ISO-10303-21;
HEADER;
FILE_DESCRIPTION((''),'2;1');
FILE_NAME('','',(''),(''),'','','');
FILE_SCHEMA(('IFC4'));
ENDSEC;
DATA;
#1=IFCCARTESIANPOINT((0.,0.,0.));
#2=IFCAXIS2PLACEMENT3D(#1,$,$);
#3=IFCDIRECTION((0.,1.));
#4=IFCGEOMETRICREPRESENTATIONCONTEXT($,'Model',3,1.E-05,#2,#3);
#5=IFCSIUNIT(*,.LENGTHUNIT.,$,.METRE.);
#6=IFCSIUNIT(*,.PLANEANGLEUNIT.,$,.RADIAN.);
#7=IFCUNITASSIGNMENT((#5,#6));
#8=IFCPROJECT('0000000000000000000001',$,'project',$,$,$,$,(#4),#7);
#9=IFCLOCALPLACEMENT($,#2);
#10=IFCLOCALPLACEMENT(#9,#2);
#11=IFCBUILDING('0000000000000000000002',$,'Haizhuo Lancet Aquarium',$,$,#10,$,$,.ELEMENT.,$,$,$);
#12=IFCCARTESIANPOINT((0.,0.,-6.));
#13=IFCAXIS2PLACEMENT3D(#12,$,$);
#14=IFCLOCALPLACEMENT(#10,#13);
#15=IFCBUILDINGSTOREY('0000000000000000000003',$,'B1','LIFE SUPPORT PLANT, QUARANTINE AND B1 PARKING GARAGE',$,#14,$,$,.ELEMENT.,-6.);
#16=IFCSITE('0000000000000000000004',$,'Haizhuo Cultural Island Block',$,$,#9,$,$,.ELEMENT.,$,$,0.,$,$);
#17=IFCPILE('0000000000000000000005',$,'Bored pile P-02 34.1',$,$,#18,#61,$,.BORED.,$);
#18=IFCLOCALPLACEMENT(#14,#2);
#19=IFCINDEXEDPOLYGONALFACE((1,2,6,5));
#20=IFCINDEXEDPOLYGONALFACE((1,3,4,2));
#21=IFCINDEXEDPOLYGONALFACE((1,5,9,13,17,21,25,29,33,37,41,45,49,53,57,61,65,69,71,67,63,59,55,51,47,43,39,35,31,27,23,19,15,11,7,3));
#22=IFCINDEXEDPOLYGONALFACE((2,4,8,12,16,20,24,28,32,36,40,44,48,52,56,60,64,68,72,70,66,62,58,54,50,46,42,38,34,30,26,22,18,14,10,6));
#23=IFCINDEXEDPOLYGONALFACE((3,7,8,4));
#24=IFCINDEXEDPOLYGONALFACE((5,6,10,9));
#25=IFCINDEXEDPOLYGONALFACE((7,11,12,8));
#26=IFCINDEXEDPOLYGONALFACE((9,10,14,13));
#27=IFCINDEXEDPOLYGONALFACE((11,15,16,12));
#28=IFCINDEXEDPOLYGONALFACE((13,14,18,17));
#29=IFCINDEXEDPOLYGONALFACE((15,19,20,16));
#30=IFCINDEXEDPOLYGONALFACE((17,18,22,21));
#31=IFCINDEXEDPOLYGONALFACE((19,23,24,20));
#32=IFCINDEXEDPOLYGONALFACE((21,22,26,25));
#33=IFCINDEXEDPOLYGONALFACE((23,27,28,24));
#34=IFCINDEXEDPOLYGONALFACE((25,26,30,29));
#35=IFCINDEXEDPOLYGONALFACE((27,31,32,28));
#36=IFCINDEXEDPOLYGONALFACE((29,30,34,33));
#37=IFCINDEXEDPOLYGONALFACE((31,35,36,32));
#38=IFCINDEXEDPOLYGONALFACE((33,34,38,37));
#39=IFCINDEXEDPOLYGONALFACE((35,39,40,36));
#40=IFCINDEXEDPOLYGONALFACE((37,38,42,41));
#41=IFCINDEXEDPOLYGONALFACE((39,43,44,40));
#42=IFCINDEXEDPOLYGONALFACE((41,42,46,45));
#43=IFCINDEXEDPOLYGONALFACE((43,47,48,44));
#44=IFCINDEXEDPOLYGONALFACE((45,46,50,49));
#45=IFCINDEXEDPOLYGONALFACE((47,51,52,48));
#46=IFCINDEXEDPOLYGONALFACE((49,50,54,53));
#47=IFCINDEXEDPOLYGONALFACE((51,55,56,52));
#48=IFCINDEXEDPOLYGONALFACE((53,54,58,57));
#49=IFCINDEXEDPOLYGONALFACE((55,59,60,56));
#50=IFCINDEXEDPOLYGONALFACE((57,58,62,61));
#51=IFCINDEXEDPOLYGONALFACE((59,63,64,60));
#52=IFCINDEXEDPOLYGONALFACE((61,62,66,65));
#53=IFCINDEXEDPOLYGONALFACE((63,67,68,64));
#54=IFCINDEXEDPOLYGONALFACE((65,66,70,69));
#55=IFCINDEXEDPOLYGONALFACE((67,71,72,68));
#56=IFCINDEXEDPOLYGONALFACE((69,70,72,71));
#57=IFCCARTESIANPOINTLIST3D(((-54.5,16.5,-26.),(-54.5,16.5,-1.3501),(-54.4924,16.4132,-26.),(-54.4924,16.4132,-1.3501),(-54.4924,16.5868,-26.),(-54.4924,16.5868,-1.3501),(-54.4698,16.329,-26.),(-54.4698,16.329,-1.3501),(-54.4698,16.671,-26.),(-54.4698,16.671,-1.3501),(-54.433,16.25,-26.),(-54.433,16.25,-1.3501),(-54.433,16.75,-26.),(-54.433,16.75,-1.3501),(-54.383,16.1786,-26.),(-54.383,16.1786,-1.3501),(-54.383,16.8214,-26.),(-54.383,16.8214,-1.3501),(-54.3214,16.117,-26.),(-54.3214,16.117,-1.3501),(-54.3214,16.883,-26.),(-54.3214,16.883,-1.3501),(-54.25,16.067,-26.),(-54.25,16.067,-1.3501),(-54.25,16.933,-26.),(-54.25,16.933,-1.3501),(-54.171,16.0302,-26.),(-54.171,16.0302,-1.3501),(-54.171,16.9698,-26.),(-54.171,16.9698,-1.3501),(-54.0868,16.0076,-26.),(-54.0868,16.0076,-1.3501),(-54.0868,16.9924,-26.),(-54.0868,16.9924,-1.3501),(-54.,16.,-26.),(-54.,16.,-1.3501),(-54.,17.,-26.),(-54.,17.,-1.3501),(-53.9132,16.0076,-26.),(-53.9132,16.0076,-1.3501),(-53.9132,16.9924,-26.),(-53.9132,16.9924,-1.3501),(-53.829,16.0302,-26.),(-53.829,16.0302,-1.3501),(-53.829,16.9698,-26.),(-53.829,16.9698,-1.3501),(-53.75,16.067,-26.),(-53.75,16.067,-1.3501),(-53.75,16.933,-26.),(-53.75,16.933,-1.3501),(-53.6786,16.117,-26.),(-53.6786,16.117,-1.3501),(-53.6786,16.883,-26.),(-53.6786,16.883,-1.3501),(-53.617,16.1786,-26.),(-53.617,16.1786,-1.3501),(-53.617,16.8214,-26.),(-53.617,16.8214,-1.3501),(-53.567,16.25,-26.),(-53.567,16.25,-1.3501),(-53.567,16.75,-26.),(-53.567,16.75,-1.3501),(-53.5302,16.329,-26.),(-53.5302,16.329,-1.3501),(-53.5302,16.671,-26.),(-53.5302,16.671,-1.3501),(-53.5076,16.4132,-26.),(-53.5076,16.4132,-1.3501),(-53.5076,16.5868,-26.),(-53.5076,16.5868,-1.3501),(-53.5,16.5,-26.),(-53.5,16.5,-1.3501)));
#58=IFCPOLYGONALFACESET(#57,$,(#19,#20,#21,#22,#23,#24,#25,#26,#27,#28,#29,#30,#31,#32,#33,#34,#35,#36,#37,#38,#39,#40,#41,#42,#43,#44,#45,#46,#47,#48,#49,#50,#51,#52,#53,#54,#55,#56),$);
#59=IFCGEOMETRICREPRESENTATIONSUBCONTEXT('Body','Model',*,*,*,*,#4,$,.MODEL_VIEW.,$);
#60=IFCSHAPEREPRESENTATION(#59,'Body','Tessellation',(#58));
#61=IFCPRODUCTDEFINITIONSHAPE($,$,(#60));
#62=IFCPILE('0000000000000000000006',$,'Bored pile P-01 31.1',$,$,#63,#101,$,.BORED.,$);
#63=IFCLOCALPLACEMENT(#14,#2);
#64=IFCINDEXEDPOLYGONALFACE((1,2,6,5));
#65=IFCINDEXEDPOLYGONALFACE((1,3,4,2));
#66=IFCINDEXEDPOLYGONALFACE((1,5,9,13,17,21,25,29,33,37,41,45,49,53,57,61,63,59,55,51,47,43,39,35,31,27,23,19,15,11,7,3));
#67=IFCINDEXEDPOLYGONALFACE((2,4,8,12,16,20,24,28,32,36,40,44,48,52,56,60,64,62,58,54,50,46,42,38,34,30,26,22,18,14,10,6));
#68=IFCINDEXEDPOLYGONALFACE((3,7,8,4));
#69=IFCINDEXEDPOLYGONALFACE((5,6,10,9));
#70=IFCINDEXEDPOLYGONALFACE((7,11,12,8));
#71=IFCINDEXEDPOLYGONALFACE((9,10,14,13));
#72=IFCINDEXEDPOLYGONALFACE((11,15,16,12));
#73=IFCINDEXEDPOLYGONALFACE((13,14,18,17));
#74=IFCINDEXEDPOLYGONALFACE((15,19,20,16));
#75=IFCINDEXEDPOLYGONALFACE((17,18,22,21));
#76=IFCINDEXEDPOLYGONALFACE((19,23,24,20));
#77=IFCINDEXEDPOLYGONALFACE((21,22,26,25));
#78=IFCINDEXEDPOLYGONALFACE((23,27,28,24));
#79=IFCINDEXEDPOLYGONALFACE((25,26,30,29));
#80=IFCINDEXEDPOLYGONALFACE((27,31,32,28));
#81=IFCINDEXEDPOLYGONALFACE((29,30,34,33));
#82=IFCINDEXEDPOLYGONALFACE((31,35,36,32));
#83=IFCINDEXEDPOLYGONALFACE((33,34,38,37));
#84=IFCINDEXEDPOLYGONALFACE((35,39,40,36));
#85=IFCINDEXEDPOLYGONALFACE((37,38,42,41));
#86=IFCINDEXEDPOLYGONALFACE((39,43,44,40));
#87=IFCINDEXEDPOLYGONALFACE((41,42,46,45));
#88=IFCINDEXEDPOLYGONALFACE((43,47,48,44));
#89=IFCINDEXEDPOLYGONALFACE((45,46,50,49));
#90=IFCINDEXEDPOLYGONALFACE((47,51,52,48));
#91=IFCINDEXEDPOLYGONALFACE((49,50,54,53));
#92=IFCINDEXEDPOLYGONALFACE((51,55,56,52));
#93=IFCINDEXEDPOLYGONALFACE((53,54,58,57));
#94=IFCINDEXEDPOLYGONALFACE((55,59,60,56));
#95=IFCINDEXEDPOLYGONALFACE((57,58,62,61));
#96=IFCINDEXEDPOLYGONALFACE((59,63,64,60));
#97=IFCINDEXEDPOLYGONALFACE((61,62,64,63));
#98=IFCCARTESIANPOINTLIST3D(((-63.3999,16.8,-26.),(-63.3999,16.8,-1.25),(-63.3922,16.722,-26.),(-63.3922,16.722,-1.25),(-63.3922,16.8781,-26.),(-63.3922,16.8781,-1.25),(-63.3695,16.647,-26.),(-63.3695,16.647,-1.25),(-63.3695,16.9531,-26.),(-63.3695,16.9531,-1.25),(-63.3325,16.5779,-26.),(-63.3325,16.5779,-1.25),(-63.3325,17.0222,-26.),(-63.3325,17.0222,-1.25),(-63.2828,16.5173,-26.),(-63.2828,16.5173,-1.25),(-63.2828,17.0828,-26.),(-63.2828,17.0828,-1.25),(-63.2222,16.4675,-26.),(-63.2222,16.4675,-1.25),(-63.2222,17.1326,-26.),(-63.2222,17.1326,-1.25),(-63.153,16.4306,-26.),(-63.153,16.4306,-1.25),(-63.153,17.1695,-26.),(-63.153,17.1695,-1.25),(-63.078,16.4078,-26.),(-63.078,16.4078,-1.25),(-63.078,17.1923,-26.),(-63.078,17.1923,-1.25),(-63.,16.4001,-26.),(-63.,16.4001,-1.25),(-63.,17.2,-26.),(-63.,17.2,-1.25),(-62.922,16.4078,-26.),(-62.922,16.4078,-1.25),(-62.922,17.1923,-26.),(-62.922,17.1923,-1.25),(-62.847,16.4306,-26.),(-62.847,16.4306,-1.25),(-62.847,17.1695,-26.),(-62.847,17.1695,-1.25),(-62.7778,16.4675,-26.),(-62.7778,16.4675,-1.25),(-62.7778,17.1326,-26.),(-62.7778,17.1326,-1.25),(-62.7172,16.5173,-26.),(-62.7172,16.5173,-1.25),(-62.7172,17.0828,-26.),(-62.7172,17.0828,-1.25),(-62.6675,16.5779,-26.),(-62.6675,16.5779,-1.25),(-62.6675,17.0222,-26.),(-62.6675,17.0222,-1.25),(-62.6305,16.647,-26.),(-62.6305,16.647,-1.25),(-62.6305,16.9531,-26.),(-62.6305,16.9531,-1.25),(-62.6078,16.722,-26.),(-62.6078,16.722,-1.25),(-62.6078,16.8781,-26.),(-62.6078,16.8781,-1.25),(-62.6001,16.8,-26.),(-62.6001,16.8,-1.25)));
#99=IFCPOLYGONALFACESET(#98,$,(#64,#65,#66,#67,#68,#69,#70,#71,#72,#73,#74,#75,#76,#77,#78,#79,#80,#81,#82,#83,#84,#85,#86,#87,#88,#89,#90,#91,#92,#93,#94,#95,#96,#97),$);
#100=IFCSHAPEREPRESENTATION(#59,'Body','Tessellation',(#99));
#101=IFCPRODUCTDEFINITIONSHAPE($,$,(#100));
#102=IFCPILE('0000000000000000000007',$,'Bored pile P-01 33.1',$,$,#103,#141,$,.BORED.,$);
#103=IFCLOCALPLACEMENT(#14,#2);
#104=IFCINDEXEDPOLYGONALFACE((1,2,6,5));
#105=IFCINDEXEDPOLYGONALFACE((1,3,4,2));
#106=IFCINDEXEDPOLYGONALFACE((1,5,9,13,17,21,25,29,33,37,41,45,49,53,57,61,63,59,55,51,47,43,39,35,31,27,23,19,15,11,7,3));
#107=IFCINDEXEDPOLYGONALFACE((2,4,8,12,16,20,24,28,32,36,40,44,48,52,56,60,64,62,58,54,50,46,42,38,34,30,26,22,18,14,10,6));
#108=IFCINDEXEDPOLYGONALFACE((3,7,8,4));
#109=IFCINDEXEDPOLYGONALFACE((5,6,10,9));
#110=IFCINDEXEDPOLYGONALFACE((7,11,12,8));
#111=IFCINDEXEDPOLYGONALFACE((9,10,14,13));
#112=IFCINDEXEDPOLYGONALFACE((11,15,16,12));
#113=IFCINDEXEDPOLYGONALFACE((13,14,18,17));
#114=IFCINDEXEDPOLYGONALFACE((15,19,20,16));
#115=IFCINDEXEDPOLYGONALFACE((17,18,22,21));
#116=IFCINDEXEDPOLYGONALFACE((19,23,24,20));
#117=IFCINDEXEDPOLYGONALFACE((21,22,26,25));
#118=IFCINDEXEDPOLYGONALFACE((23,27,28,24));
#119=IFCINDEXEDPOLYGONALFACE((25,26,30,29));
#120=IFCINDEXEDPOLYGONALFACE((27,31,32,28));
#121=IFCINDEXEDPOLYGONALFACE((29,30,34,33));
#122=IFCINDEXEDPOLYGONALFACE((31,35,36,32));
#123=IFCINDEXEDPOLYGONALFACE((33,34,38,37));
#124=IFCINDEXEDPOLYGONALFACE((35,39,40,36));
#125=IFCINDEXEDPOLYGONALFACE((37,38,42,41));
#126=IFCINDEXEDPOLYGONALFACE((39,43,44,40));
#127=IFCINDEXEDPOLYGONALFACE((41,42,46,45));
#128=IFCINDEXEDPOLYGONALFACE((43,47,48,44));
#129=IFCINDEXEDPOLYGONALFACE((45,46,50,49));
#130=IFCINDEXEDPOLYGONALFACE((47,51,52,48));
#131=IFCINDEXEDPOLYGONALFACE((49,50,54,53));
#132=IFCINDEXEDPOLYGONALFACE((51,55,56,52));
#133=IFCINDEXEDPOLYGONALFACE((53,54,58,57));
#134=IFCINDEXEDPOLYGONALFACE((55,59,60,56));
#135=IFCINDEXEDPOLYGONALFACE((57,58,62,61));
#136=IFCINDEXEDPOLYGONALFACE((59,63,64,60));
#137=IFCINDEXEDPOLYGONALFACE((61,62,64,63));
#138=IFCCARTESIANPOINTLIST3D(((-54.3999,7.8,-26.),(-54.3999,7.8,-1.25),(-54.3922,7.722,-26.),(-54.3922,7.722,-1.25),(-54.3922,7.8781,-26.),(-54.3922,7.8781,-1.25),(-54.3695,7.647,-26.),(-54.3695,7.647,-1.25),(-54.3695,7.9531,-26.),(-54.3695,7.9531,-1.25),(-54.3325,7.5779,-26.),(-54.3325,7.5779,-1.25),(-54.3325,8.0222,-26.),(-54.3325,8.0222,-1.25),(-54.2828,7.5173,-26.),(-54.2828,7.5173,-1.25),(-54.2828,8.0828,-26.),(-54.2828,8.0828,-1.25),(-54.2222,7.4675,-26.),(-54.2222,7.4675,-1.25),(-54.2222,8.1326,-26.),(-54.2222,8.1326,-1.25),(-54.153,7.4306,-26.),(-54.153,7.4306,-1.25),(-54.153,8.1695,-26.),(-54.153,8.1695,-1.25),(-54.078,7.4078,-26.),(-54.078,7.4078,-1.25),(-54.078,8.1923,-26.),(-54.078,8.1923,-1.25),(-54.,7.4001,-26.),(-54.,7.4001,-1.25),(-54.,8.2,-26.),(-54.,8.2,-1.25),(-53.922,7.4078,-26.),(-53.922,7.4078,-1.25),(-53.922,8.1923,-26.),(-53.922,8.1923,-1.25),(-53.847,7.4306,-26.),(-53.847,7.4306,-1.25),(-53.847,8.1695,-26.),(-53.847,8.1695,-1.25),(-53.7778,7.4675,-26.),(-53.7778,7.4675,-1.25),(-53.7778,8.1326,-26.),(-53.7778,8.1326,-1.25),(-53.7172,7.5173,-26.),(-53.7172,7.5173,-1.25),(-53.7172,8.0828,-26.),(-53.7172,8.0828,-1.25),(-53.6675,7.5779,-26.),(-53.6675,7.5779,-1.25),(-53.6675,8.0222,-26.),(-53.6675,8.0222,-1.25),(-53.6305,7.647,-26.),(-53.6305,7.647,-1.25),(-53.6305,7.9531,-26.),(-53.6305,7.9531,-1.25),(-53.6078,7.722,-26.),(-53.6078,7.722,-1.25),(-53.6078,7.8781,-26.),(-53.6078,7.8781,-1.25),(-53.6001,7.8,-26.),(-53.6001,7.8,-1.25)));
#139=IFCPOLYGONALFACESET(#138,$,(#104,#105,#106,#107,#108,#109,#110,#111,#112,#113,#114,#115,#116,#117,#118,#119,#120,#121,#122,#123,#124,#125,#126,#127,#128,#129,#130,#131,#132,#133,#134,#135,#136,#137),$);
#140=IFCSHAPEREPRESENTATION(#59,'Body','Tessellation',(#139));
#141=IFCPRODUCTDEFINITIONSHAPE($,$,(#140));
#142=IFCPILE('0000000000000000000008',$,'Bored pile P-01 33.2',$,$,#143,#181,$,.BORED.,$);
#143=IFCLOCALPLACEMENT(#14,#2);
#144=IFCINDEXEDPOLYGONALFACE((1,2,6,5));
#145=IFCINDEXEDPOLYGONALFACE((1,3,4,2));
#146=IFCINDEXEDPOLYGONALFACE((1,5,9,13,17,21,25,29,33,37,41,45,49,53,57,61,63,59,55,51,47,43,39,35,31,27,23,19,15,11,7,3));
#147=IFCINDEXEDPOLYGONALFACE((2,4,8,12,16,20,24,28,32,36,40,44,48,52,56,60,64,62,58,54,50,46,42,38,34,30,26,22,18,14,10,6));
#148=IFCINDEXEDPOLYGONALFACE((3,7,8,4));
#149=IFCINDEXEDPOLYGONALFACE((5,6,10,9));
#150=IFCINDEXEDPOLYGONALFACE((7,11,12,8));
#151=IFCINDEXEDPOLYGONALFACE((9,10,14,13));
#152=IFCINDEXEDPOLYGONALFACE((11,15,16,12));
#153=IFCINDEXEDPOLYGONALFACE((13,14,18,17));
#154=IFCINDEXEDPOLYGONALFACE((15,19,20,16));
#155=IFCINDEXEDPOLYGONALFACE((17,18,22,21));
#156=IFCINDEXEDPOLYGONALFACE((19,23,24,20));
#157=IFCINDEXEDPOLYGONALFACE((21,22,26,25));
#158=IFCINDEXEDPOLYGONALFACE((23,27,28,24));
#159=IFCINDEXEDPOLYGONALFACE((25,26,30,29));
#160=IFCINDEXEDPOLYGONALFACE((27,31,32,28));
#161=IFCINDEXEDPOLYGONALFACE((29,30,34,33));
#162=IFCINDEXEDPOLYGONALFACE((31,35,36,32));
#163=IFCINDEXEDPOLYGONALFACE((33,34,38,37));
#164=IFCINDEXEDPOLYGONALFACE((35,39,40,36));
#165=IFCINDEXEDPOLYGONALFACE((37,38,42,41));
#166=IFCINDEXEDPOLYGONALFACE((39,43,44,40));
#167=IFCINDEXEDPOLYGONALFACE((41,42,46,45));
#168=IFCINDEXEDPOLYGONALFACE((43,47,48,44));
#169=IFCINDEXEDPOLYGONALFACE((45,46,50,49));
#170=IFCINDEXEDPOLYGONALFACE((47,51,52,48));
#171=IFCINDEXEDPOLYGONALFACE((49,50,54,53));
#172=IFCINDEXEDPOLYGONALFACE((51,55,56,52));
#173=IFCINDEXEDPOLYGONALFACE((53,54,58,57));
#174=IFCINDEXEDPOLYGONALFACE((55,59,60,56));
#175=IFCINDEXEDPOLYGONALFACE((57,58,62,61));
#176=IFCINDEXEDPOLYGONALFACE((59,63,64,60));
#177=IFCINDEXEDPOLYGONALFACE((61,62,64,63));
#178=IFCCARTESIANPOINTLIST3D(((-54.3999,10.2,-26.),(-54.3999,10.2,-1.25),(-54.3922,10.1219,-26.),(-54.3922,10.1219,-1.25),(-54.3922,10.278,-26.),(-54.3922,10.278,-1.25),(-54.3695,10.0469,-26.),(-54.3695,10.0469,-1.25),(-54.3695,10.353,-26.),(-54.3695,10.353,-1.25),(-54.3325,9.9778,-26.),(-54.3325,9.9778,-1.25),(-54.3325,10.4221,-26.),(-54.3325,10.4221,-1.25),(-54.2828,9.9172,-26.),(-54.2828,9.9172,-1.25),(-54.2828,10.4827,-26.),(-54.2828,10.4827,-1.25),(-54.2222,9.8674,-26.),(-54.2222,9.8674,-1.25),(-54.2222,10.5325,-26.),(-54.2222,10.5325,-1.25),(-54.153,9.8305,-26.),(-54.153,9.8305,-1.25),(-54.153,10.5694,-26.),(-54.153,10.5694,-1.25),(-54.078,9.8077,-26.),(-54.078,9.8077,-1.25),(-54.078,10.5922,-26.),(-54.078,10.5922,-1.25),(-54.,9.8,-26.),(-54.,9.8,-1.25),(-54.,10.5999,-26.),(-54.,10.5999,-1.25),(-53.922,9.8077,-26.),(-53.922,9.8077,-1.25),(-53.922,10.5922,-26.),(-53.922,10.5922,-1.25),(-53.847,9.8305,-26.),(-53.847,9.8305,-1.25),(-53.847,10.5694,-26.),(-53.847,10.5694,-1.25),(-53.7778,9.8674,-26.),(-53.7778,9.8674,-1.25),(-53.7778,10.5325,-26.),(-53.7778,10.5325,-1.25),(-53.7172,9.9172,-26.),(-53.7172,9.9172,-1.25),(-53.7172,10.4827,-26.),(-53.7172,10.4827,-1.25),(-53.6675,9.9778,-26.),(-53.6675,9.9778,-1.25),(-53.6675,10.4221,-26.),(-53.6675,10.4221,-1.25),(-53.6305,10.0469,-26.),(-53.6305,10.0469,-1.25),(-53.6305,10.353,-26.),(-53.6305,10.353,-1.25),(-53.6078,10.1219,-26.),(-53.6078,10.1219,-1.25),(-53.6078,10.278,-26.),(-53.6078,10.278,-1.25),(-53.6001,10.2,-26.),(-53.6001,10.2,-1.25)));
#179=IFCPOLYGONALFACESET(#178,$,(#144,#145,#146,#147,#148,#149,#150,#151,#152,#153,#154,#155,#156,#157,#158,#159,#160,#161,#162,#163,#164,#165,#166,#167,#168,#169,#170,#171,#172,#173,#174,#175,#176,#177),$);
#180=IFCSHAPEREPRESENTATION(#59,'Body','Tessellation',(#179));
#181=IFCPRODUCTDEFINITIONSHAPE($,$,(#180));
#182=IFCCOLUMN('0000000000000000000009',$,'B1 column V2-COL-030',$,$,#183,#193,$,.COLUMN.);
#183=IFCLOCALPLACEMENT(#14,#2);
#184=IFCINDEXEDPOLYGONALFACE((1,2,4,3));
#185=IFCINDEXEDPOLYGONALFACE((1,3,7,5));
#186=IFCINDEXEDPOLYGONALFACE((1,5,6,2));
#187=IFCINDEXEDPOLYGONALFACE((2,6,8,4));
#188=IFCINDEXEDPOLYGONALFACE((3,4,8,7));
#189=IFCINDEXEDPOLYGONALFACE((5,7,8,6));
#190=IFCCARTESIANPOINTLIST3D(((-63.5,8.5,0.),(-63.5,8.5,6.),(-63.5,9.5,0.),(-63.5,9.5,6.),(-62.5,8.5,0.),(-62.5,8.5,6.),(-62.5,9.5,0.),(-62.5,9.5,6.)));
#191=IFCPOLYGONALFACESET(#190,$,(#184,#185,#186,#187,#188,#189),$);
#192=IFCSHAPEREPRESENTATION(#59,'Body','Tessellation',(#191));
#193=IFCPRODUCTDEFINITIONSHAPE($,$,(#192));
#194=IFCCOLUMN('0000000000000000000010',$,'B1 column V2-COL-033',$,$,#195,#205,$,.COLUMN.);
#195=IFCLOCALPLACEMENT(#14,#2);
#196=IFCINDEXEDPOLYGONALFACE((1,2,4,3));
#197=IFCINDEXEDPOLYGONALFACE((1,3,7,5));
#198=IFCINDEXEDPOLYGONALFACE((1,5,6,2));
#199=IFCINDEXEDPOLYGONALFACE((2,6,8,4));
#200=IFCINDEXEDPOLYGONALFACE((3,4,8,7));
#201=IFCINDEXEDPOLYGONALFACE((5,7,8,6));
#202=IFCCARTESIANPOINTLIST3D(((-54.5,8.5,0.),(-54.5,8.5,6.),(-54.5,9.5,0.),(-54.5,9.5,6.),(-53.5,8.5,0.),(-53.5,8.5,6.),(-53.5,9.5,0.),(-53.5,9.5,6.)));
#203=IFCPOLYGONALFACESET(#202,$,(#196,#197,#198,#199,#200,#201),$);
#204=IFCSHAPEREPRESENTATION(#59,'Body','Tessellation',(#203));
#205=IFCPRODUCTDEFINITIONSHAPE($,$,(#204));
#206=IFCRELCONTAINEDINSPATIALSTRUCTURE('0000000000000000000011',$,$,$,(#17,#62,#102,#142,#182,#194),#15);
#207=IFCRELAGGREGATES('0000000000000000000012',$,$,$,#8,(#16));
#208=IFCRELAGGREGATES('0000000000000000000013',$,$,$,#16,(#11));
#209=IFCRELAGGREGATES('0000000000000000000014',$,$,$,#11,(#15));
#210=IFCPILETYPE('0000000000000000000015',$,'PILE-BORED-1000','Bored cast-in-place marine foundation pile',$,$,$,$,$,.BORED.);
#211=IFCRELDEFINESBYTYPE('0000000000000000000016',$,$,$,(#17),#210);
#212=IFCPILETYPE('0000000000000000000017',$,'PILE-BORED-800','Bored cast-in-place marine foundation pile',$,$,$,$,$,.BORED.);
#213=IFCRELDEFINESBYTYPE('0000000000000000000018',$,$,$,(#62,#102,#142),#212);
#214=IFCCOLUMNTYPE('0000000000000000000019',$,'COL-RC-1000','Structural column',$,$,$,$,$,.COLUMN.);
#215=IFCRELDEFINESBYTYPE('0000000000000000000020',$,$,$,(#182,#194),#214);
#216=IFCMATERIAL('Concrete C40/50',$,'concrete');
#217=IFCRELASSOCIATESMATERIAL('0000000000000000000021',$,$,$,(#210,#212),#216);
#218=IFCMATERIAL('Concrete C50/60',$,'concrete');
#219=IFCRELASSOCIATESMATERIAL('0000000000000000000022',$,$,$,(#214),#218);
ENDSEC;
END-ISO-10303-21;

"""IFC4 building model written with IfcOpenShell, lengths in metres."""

from ifc_helpers import new_model, si_unit, direction, frame, origin, origin_2d, place, context, subcontext, project, spatial, rectangle, circle, extrude, material, material_profile, profile_set, type_object, element, save


model = new_model("IFC4")

# Units and contexts
model_context = context("Model", 3, precision=1e-05, world=origin(), true_north=direction((0.0, 1.0)))
body_context = subcontext(model_context, "Body", "Model", "MODEL_VIEW")
ifc_project = project(units=[si_unit("LENGTHUNIT", "METRE"), si_unit("PLANEANGLEUNIT", "RADIAN")], contexts=[model_context])

# Site, building, storey
site_placement = place(None, origin())
site = spatial("IfcSite", under=ifc_project, at=site_placement, Name="Haizhuo Cultural Island Block", CompositionType="ELEMENT", RefElevation=0.0)
building_placement = place(site_placement, origin())
building = spatial("IfcBuilding", under=site, at=building_placement, Name="Haizhuo Lancet Aquarium", CompositionType="ELEMENT")
storey_placement = place(building_placement, frame((0.0, 0.0, -6.0)))
storey = spatial("IfcBuildingStorey", under=building, at=storey_placement, Name="B1", Description="LIFE SUPPORT PLANT, QUARANTINE AND B1 PARKING GARAGE", CompositionType="ELEMENT", Elevation=-6.0)

# Shared definitions
ifc_material_1 = material(Name="Concrete C40/50", Category="concrete")

# Piles
ifc_material_profile_1 = material_profile(ifc_material_1, circle(Radius=0.5, at=origin_2d()), Name="PILE-1000")
ifc_profile_set_1 = profile_set([ifc_material_profile_1], Name="Concrete C40/50")
pile_type_1 = type_object("IfcPileType", Name="PILE-BORED-1000", Description="Bored cast-in-place marine foundation pile", PredefinedType="BORED", material=ifc_profile_set_1)
for number, where, z_axis, x_axis, name in (
    (1, (-54.0, 16.5, -1.3501), (0.0, 0.0, -1.0), (1.0, 0.0, 0.0), "Bored pile P-02 34.1"),
):
    element("IfcPile", number, at=place(storey_placement, frame(where, z_axis=z_axis, x_axis=x_axis)), inside=storey, type_object=pile_type_1, Name=name, PredefinedType="BORED", context=body_context, shape_type="SweptSolid", body=[
        extrude(circle(Radius=0.5, at=origin_2d()), origin(), (0.0, 0.0, 1.0), 24.6499),
    ])
ifc_material_profile_2 = material_profile(ifc_material_1, circle(Radius=0.3999, at=origin_2d()), Name="PILE-800")
ifc_profile_set_2 = profile_set([ifc_material_profile_2], Name="Concrete C40/50")
pile_type_2 = type_object("IfcPileType", Name="PILE-BORED-800", Description="Bored cast-in-place marine foundation pile", PredefinedType="BORED", material=ifc_profile_set_2)
for number, where, z_axis, x_axis, name in (
    (2, (-63.0, 16.8, -1.25), (0.0, 0.0, -1.0), (1.0, 0.0, 0.0), "Bored pile P-01 31.1"),
    (3, (-54.0, 7.8, -1.25), (0.0, 0.0, -1.0), (1.0, 0.0, 0.0), "Bored pile P-01 33.1"),
    (4, (-54.0, 10.2, -1.25), (0.0, 0.0, -1.0), (1.0, 0.0, 0.0), "Bored pile P-01 33.2"),
):
    element("IfcPile", number, at=place(storey_placement, frame(where, z_axis=z_axis, x_axis=x_axis)), inside=storey, type_object=pile_type_2, Name=name, PredefinedType="BORED", context=body_context, shape_type="SweptSolid", body=[
        extrude(circle(Radius=0.3999, at=origin_2d()), origin(), (0.0, 0.0, 1.0), 24.75),
    ])

# Columns
ifc_material_2 = material(Name="Concrete C50/60", Category="concrete")
ifc_material_profile_3 = material_profile(ifc_material_2, rectangle(XDim=1.0, YDim=1.0, at=origin_2d()), Name="RC-COL 1000x1000")
ifc_profile_set_3 = profile_set([ifc_material_profile_3], Name="Concrete C50/60")
column_type = type_object("IfcColumnType", Name="COL-RC-1000", Description="Structural column", PredefinedType="COLUMN", material=ifc_profile_set_3)
for number, where, z_axis, x_axis, name in (
    (5, (-63.0, 9.0, 0.0), (0.0, 0.0, 1.0), (1.0, 0.0, 0.0), "B1 column V2-COL-030"),
    (6, (-54.0, 9.0, 0.0), (0.0, 0.0, 1.0), (1.0, 0.0, 0.0), "B1 column V2-COL-033"),
):
    element("IfcColumn", number, at=place(storey_placement, frame(where, z_axis=z_axis, x_axis=x_axis)), inside=storey, type_object=column_type, Name=name, PredefinedType="COLUMN", context=body_context, shape_type="SweptSolid", body=[
        extrude(rectangle(XDim=1.0, YDim=1.0, at=origin_2d()), origin(), (0.0, 0.0, 1.0), 6.0),
    ])

save(model, "model.ifc")
